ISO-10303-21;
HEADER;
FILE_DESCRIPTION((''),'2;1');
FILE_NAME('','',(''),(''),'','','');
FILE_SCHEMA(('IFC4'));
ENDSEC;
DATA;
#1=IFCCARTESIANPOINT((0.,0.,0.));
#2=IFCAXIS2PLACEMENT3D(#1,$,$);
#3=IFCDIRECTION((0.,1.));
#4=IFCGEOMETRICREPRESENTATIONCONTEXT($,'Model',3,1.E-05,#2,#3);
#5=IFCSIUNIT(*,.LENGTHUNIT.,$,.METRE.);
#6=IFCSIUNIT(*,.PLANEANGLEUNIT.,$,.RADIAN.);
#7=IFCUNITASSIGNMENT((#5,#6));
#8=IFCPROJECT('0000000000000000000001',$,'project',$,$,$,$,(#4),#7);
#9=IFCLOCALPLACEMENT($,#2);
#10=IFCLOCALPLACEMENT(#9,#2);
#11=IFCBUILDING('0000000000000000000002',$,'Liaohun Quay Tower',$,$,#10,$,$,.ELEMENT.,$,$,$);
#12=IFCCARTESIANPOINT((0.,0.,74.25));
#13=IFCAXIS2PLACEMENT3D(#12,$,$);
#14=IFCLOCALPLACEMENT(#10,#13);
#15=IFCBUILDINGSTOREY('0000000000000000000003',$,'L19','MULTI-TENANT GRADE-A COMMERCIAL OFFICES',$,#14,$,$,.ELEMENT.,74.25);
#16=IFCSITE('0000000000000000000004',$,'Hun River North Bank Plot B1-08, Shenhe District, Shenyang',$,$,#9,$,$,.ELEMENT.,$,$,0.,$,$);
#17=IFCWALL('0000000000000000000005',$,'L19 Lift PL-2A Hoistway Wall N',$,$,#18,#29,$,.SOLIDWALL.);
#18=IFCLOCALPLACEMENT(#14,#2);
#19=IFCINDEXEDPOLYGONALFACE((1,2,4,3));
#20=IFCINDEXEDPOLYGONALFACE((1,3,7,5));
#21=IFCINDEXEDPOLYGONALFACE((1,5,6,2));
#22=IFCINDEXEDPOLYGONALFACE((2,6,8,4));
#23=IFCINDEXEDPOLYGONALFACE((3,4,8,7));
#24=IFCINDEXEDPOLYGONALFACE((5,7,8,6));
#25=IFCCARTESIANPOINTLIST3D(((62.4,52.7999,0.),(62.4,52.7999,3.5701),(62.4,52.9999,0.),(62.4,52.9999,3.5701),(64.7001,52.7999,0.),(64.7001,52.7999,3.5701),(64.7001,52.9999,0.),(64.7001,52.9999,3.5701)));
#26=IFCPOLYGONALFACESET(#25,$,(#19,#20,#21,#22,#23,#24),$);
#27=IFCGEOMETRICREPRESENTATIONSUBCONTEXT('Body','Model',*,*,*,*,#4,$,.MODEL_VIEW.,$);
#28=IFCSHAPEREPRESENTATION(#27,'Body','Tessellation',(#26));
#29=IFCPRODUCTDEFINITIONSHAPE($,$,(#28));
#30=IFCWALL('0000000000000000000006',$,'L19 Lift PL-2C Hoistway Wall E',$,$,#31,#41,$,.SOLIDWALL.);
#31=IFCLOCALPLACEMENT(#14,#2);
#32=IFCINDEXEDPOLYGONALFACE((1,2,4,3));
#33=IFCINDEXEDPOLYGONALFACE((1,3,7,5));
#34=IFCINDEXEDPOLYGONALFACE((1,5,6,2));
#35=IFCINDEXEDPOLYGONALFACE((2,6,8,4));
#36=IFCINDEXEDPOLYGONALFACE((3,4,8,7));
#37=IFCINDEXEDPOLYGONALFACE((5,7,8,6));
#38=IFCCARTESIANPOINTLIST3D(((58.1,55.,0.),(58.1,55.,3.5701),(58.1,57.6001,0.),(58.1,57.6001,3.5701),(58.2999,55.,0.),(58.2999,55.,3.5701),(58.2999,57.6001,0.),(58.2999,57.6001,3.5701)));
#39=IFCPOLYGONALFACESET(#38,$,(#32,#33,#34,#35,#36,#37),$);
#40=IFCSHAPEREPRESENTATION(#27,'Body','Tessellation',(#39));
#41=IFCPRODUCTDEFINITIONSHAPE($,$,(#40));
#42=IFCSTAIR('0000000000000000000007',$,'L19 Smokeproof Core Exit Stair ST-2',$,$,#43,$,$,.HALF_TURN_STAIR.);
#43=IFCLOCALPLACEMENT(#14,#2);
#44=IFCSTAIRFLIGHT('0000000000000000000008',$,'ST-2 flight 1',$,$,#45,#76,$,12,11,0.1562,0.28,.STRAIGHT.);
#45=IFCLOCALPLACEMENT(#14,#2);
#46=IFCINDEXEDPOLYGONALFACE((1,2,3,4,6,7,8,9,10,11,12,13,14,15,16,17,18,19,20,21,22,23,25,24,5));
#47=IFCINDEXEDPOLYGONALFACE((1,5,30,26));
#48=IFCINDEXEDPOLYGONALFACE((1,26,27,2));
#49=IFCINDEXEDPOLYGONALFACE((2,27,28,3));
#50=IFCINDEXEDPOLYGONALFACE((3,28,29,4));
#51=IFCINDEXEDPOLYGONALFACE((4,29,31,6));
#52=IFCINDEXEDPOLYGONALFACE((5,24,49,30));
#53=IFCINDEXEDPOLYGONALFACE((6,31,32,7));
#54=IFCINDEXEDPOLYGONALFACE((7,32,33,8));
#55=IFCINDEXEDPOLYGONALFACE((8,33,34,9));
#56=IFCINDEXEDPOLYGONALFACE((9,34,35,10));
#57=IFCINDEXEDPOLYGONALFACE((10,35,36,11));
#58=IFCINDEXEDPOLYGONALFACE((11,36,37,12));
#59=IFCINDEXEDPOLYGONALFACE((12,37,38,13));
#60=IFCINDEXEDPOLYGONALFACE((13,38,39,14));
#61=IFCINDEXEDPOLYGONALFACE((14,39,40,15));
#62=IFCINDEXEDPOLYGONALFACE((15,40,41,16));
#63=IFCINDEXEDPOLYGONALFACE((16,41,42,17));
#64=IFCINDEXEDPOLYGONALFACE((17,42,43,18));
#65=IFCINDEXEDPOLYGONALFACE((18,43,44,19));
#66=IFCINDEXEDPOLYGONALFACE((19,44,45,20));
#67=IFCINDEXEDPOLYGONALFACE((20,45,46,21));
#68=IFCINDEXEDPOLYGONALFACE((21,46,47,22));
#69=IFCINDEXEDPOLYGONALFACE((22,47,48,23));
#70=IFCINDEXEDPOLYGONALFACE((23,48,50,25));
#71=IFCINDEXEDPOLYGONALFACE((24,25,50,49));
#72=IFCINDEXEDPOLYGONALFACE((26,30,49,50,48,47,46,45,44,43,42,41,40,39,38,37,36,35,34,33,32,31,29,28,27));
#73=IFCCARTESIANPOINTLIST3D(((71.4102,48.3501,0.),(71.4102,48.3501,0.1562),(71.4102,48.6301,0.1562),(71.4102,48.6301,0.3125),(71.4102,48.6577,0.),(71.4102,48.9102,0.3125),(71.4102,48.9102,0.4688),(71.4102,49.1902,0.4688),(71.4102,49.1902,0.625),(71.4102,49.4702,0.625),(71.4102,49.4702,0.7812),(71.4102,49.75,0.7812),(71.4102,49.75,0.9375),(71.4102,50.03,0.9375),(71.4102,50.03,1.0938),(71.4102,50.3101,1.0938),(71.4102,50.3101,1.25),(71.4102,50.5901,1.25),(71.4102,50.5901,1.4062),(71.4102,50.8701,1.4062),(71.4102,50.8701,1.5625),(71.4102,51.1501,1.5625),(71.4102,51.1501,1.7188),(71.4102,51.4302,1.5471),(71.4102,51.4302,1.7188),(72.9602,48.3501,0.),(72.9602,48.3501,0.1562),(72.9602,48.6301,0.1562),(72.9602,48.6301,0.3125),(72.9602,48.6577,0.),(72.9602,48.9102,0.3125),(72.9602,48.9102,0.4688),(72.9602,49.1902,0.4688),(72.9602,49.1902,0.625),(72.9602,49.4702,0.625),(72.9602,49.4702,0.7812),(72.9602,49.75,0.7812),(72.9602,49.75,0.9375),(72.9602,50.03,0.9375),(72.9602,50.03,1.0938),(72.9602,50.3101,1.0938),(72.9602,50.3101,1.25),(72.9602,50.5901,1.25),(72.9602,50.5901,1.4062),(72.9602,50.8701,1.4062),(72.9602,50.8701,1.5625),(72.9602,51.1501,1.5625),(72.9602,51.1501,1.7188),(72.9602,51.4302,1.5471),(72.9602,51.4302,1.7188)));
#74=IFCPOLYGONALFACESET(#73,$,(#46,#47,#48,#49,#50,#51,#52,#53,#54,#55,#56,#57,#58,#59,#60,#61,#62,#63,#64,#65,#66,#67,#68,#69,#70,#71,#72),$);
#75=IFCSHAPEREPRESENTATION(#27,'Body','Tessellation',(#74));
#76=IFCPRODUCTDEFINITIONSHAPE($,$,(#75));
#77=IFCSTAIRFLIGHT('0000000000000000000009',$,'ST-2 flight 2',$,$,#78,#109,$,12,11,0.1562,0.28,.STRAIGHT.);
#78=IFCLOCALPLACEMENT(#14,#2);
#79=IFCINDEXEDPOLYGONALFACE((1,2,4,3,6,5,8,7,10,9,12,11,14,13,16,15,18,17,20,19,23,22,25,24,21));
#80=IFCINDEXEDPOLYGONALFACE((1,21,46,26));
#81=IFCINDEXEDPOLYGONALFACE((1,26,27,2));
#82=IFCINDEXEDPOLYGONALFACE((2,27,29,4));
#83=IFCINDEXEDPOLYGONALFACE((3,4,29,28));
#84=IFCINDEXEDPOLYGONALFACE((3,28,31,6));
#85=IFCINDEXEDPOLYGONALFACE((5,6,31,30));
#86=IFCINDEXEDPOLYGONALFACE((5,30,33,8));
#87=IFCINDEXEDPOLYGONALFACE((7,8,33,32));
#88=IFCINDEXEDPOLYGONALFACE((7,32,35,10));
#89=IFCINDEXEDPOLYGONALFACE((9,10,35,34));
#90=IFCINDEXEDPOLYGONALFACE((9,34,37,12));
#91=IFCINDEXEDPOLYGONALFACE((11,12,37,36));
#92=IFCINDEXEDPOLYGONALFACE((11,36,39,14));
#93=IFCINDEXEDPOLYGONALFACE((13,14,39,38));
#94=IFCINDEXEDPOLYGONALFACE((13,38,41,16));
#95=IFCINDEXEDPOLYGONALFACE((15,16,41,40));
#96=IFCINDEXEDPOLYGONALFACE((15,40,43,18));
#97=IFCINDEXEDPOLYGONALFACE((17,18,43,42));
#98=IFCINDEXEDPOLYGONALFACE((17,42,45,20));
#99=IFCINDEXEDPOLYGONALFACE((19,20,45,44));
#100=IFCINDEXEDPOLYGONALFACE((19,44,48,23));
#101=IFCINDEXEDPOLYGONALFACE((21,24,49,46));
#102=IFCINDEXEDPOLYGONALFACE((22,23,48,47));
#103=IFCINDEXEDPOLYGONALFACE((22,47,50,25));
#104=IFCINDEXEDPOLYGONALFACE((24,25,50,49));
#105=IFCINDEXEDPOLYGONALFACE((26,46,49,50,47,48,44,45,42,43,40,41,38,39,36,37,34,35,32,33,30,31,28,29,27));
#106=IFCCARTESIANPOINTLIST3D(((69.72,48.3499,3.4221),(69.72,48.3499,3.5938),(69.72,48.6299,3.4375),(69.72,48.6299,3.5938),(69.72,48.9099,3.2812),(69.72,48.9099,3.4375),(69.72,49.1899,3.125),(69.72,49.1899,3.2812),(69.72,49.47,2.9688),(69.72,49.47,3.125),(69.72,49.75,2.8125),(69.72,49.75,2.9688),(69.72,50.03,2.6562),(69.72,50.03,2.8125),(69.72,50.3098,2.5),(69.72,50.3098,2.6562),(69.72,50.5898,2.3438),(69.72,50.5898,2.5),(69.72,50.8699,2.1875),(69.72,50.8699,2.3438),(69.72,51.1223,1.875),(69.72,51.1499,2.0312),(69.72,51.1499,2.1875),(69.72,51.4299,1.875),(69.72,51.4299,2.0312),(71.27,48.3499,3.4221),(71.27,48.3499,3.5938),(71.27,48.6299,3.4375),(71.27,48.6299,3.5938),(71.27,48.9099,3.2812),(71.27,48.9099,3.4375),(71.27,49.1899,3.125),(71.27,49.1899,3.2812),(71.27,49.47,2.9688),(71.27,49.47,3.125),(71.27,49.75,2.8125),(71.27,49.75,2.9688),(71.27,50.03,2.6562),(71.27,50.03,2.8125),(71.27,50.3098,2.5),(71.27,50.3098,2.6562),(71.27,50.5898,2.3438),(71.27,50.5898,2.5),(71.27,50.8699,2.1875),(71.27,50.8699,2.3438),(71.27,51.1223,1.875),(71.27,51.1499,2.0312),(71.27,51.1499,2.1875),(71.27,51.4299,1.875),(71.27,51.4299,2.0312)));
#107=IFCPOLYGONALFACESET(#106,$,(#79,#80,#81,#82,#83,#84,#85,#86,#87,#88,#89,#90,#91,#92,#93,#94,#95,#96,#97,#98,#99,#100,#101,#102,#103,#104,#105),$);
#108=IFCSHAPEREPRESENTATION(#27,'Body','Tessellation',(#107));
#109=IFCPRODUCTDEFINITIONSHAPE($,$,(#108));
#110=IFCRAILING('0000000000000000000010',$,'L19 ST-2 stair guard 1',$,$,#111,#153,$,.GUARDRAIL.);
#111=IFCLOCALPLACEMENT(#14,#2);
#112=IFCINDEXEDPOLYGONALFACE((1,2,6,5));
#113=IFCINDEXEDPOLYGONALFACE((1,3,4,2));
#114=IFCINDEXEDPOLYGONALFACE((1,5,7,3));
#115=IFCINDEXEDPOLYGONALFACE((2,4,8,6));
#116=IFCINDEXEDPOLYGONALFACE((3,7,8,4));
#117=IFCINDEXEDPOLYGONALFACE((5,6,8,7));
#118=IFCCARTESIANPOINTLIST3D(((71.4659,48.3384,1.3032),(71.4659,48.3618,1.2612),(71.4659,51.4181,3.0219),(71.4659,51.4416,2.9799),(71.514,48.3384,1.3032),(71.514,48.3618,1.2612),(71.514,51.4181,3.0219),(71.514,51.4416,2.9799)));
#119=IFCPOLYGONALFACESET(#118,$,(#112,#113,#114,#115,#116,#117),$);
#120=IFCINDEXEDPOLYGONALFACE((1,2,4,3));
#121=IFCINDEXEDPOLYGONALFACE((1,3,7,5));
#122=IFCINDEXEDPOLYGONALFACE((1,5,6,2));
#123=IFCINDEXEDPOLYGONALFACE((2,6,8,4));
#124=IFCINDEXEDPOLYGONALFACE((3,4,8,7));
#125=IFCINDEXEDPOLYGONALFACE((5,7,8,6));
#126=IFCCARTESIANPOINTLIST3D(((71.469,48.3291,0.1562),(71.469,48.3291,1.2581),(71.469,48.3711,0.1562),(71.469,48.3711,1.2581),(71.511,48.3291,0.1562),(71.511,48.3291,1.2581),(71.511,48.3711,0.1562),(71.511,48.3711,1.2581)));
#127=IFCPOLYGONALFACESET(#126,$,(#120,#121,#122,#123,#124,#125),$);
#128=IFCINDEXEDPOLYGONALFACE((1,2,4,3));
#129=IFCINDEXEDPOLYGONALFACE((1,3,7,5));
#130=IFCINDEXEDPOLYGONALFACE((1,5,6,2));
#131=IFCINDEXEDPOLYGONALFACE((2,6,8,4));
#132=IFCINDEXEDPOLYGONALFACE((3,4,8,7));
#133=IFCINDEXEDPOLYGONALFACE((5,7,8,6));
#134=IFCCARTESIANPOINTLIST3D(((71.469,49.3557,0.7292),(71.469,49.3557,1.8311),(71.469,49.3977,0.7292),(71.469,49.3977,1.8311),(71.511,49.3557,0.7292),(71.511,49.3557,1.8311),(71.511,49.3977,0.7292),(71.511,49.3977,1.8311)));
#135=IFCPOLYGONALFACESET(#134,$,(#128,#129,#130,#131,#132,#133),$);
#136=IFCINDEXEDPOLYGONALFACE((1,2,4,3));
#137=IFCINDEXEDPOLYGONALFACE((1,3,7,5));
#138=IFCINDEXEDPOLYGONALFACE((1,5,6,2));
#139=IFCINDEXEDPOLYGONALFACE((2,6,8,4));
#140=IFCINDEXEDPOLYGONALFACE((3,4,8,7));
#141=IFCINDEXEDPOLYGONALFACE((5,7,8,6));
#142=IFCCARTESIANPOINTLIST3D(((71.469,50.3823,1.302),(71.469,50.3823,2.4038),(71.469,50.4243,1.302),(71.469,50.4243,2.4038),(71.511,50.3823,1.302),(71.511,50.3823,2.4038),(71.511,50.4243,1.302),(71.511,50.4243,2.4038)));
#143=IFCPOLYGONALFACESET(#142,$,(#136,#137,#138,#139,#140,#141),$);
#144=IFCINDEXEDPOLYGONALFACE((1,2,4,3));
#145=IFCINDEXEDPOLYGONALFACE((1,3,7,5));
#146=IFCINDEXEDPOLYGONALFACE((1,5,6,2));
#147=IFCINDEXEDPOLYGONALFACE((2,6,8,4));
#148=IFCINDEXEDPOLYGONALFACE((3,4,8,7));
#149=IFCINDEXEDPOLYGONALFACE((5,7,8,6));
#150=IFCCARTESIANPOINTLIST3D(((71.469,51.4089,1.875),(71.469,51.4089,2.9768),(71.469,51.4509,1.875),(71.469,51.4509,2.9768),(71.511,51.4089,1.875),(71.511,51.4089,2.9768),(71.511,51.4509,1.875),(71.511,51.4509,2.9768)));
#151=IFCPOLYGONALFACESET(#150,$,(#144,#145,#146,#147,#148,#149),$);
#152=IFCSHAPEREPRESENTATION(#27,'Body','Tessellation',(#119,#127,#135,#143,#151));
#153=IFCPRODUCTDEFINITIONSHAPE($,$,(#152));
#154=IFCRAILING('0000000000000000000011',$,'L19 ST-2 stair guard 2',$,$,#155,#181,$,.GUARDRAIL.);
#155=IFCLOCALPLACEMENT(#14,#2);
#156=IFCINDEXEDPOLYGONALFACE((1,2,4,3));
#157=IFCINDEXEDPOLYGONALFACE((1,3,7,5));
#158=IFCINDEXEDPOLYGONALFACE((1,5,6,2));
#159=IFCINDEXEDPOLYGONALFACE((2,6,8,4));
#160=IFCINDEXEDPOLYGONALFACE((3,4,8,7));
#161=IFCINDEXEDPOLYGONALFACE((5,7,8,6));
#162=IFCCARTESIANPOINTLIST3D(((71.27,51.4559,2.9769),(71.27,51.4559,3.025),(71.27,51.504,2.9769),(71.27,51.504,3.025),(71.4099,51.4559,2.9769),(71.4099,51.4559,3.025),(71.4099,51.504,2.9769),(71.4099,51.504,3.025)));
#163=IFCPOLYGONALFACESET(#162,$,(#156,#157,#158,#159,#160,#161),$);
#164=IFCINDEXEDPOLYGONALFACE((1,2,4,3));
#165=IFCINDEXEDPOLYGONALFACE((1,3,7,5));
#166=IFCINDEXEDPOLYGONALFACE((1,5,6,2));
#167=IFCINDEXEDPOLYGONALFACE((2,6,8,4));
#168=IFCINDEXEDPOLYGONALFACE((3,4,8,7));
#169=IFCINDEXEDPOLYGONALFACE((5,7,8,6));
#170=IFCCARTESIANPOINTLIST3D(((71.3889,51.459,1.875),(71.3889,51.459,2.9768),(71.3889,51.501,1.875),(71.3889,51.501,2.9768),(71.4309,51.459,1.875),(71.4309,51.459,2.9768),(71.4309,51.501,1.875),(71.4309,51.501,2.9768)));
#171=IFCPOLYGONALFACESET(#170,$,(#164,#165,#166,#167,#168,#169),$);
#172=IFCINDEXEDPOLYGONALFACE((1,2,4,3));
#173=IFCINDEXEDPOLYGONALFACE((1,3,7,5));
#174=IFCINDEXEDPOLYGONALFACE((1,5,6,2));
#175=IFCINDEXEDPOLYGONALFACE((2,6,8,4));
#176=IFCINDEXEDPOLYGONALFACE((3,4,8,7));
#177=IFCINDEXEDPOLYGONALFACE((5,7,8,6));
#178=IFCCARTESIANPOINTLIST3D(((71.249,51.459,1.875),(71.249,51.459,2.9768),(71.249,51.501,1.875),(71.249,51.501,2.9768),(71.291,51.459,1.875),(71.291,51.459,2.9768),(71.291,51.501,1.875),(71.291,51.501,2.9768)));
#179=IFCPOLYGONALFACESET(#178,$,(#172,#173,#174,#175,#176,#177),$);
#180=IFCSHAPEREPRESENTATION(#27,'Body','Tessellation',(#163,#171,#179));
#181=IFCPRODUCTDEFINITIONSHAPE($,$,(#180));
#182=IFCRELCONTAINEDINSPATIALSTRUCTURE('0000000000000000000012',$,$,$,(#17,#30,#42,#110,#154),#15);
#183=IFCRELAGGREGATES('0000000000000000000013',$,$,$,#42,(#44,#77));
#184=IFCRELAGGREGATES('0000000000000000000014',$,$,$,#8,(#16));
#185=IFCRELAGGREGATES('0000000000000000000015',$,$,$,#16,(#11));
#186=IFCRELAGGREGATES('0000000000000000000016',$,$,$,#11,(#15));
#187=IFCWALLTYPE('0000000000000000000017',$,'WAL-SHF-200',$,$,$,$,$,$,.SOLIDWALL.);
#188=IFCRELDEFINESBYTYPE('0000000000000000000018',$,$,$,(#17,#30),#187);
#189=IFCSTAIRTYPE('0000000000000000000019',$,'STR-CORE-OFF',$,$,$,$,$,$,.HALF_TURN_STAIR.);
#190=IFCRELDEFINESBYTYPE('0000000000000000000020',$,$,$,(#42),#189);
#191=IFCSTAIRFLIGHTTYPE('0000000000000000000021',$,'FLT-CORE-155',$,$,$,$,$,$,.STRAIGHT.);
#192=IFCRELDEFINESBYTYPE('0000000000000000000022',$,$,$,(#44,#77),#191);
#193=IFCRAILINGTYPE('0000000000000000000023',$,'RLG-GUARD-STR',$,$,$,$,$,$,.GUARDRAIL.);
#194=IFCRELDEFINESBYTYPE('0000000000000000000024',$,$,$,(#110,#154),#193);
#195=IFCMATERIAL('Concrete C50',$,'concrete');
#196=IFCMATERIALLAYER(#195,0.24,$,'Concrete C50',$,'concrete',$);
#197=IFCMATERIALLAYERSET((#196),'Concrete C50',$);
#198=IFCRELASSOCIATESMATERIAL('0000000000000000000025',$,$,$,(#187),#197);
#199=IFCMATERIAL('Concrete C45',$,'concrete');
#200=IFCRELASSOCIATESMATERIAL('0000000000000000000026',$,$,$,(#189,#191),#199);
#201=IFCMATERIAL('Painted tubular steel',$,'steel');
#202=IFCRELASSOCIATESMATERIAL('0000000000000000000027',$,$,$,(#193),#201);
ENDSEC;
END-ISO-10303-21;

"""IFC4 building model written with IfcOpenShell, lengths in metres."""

from ifc_helpers import new_model, si_unit, direction, frame, frame_2d, origin, origin_2d, place, context, subcontext, project, spatial, polyline, rectangle, outline, extrude, material, layer, layer_set, type_object, element, aggregate, save


model = new_model("IFC4")

# Units and contexts
model_context = context("Model", 3, precision=1e-05, world=origin(), true_north=direction((0.0, 1.0)))
body_context = subcontext(model_context, "Body", "Model", "MODEL_VIEW")
ifc_project = project(units=[si_unit("LENGTHUNIT", "METRE"), si_unit("PLANEANGLEUNIT", "RADIAN")], contexts=[model_context])

# Site, building, storey
site_placement = place(None, origin())
site = spatial("IfcSite", under=ifc_project, at=site_placement, Name="Hun River North Bank Plot B1-08, Shenhe District, Shenyang", CompositionType="ELEMENT", RefElevation=0.0)
building_placement = place(site_placement, origin())
building = spatial("IfcBuilding", under=site, at=building_placement, Name="Liaohun Quay Tower", CompositionType="ELEMENT")
storey_placement = place(building_placement, frame((0.0, 0.0, 74.25)))
storey = spatial("IfcBuildingStorey", under=building, at=storey_placement, Name="L19", Description="MULTI-TENANT GRADE-A COMMERCIAL OFFICES", CompositionType="ELEMENT", Elevation=74.25)

# Shared definitions
ifc_material_1 = material(Name="Concrete C50", Category="concrete")
ifc_layer_1 = layer(ifc_material_1, 0.24, Name="Concrete C50", Category="concrete")
ifc_layer_set_1 = layer_set([ifc_layer_1], Name="Concrete C50")
wall_type_1 = type_object("IfcWallType", Name="WAL-SHF-200", PredefinedType="SOLIDWALL", material=ifc_layer_set_1)

# Walls
wall_1_placement = place(storey_placement, frame((64.7, 52.8999, 0.0), z_axis=(0.0, 0.0, 1.0), x_axis=(-1.0, 0.0, 0.0)))
element("IfcWall", 1, at=wall_1_placement, inside=storey, type_object=wall_type_1, Name="L19 Lift PL-2A Hoistway Wall N", PredefinedType="SOLIDWALL", context=body_context, shape_type="SweptSolid", body=[
    extrude(rectangle(XDim=2.3, YDim=0.2, at=frame_2d((1.1499, 0.0))), origin(), (0.0, 0.0, 1.0), 3.5701),
])
wall_2_placement = place(storey_placement, frame((58.2, 55.0, 0.0), z_axis=(0.0, 0.0, 1.0), x_axis=(0.0, 1.0, 0.0)))
element("IfcWall", 2, at=wall_2_placement, inside=storey, type_object=wall_type_1, Name="L19 Lift PL-2C Hoistway Wall E", PredefinedType="SOLIDWALL", context=body_context, shape_type="SweptSolid", body=[
    extrude(rectangle(XDim=2.6001, YDim=0.2, at=frame_2d((1.3, 0.0))), origin(), (0.0, 0.0, 1.0), 3.5701),
])

# Stair, stair flights
ifc_material_2 = material(Name="Concrete C45", Category="concrete")
stair_type = type_object("IfcStairType", Name="STR-CORE-OFF", PredefinedType="HALF_TURN_STAIR", material=ifc_material_2)
stair_placement = place(storey_placement, origin())
stair = element("IfcStair", 3, at=stair_placement, inside=storey, type_object=stair_type, Name="L19 Smokeproof Core Exit Stair ST-2", PredefinedType="HALF_TURN_STAIR")
stair_flight_type = type_object("IfcStairFlightType", Name="FLT-CORE-155", PredefinedType="STRAIGHT", material=ifc_material_2)
stair_flight_1_placement = place(storey_placement, frame((72.1851, 48.3501, 0.0), z_axis=(0.0, 0.0, 1.0), x_axis=(0.0, 1.0, 0.0)))
stair_flight_1 = element("IfcStairFlight", 4, at=stair_flight_1_placement, type_object=stair_flight_type, Name="ST-2 flight 1", NumberOfRisers=12, NumberOfTreads=11, PredefinedType="STRAIGHT", RiserHeight=0.1562, TreadLength=0.28, context=body_context, shape_type="SweptSolid", body=[
    extrude(outline(polyline([(0.0, 0.0), (0.0, 0.1562), (0.28, 0.1562), (0.28, 0.3125), (0.5601, 0.3125), (0.5601, 0.4688), (0.8401, 0.4688), (0.8401, 0.625), (1.1201, 0.625), (1.1201, 0.7812), (1.3999, 0.7812), (1.3999, 0.9375), (1.6799, 0.9375), (1.6799, 1.0938), (1.96, 1.0938), (1.96, 1.25), (2.24, 1.25), (2.24, 1.4062), (2.52, 1.4062), (2.52, 1.5625), (2.8, 1.5625), (2.8, 1.7188), (3.0801, 1.7188), (3.0801, 1.875), (3.0801, 1.5471), (0.3076, 0.0), (0.0, 0.0)])), frame((0.0, 0.7749, 0.0), z_axis=(0.0, -1.0, 0.0), x_axis=(1.0, 0.0, 0.0)), (0.0, 0.0, 1.0), 1.55),
])
stair_flight_2_placement = place(storey_placement, frame((70.4951, 51.4299, 1.875), z_axis=(0.0, 0.0, 1.0), x_axis=(0.0, -1.0, 0.0)))
stair_flight_2 = element("IfcStairFlight", 5, at=stair_flight_2_placement, type_object=stair_flight_type, Name="ST-2 flight 2", NumberOfRisers=12, NumberOfTreads=11, PredefinedType="STRAIGHT", RiserHeight=0.1562, TreadLength=0.28, context=body_context, shape_type="SweptSolid", body=[
    extrude(outline(polyline([(0.0, 0.0), (0.0, 0.1562), (0.28, 0.1562), (0.28, 0.3125), (0.5601, 0.3125), (0.5601, 0.4688), (0.8401, 0.4688), (0.8401, 0.625), (1.1201, 0.625), (1.1201, 0.7812), (1.3999, 0.7812), (1.3999, 0.9375), (1.6799, 0.9375), (1.6799, 1.0938), (1.96, 1.0938), (1.96, 1.25), (2.24, 1.25), (2.24, 1.4062), (2.52, 1.4062), (2.52, 1.5625), (2.8, 1.5625), (2.8, 1.7188), (3.0801, 1.7188), (3.0801, 1.875), (3.0801, 1.5471), (0.3076, 0.0), (0.0, 0.0)])), frame((0.0, 0.7749, 0.0), z_axis=(0.0, -1.0, 0.0), x_axis=(1.0, 0.0, 0.0)), (0.0, 0.0, 1.0), 1.55),
])
aggregate(stair, [stair_flight_1, stair_flight_2])

# Railings
ifc_material_3 = material(Name="Painted tubular steel", Category="steel")
railing_type_1 = type_object("IfcRailingType", Name="RLG-GUARD-STR", PredefinedType="GUARDRAIL", material=ifc_material_3)
railing_1_placement = place(storey_placement, frame((71.49, 48.3501, 0.1562)))
element("IfcRailing", 6, at=railing_1_placement, inside=storey, type_object=railing_type_1, Name="L19 ST-2 stair guard 1", PredefinedType="GUARDRAIL", context=body_context, shape_type="SweptSolid", body=[
    extrude(rectangle(XDim=0.0481, YDim=0.0481, at=origin_2d()), frame((0.0, 0.0, 1.126), z_axis=(0.0, 0.873225, 0.487317), x_axis=(-1.0, 0.0, 0.0)), (0.0, 0.0, 1.0), 3.5269),
    extrude(rectangle(XDim=0.042, YDim=0.042, at=origin_2d()), origin(), (0.0, 0.0, 1.0), 1.1018),
    extrude(rectangle(XDim=0.042, YDim=0.042, at=origin_2d()), frame((0.0, 1.0266, 0.573)), (0.0, 0.0, 1.0), 1.1018),
    extrude(rectangle(XDim=0.042, YDim=0.042, at=origin_2d()), frame((0.0, 2.0532, 1.1458)), (0.0, 0.0, 1.0), 1.1018),
    extrude(rectangle(XDim=0.042, YDim=0.042, at=origin_2d()), frame((0.0, 3.0798, 1.7188)), (0.0, 0.0, 1.0), 1.1018),
])
railing_2_placement = place(storey_placement, frame((71.4099, 51.48, 1.875)))
element("IfcRailing", 7, at=railing_2_placement, inside=storey, type_object=railing_type_1, Name="L19 ST-2 stair guard 2", PredefinedType="GUARDRAIL", context=body_context, shape_type="SweptSolid", body=[
    extrude(rectangle(XDim=0.0481, YDim=0.0481, at=origin_2d()), frame((0.0, 0.0, 1.126), z_axis=(-1.0, 0.0, 0.0), x_axis=(0.0, -1.0, 0.0)), (0.0, 0.0, 1.0), 0.1399),
    extrude(rectangle(XDim=0.042, YDim=0.042, at=origin_2d()), origin(), (0.0, 0.0, 1.0), 1.1018),
    extrude(rectangle(XDim=0.042, YDim=0.042, at=origin_2d()), frame((-0.1399, 0.0, 0.0)), (0.0, 0.0, 1.0), 1.1018),
])

save(model, "model.ifc")
